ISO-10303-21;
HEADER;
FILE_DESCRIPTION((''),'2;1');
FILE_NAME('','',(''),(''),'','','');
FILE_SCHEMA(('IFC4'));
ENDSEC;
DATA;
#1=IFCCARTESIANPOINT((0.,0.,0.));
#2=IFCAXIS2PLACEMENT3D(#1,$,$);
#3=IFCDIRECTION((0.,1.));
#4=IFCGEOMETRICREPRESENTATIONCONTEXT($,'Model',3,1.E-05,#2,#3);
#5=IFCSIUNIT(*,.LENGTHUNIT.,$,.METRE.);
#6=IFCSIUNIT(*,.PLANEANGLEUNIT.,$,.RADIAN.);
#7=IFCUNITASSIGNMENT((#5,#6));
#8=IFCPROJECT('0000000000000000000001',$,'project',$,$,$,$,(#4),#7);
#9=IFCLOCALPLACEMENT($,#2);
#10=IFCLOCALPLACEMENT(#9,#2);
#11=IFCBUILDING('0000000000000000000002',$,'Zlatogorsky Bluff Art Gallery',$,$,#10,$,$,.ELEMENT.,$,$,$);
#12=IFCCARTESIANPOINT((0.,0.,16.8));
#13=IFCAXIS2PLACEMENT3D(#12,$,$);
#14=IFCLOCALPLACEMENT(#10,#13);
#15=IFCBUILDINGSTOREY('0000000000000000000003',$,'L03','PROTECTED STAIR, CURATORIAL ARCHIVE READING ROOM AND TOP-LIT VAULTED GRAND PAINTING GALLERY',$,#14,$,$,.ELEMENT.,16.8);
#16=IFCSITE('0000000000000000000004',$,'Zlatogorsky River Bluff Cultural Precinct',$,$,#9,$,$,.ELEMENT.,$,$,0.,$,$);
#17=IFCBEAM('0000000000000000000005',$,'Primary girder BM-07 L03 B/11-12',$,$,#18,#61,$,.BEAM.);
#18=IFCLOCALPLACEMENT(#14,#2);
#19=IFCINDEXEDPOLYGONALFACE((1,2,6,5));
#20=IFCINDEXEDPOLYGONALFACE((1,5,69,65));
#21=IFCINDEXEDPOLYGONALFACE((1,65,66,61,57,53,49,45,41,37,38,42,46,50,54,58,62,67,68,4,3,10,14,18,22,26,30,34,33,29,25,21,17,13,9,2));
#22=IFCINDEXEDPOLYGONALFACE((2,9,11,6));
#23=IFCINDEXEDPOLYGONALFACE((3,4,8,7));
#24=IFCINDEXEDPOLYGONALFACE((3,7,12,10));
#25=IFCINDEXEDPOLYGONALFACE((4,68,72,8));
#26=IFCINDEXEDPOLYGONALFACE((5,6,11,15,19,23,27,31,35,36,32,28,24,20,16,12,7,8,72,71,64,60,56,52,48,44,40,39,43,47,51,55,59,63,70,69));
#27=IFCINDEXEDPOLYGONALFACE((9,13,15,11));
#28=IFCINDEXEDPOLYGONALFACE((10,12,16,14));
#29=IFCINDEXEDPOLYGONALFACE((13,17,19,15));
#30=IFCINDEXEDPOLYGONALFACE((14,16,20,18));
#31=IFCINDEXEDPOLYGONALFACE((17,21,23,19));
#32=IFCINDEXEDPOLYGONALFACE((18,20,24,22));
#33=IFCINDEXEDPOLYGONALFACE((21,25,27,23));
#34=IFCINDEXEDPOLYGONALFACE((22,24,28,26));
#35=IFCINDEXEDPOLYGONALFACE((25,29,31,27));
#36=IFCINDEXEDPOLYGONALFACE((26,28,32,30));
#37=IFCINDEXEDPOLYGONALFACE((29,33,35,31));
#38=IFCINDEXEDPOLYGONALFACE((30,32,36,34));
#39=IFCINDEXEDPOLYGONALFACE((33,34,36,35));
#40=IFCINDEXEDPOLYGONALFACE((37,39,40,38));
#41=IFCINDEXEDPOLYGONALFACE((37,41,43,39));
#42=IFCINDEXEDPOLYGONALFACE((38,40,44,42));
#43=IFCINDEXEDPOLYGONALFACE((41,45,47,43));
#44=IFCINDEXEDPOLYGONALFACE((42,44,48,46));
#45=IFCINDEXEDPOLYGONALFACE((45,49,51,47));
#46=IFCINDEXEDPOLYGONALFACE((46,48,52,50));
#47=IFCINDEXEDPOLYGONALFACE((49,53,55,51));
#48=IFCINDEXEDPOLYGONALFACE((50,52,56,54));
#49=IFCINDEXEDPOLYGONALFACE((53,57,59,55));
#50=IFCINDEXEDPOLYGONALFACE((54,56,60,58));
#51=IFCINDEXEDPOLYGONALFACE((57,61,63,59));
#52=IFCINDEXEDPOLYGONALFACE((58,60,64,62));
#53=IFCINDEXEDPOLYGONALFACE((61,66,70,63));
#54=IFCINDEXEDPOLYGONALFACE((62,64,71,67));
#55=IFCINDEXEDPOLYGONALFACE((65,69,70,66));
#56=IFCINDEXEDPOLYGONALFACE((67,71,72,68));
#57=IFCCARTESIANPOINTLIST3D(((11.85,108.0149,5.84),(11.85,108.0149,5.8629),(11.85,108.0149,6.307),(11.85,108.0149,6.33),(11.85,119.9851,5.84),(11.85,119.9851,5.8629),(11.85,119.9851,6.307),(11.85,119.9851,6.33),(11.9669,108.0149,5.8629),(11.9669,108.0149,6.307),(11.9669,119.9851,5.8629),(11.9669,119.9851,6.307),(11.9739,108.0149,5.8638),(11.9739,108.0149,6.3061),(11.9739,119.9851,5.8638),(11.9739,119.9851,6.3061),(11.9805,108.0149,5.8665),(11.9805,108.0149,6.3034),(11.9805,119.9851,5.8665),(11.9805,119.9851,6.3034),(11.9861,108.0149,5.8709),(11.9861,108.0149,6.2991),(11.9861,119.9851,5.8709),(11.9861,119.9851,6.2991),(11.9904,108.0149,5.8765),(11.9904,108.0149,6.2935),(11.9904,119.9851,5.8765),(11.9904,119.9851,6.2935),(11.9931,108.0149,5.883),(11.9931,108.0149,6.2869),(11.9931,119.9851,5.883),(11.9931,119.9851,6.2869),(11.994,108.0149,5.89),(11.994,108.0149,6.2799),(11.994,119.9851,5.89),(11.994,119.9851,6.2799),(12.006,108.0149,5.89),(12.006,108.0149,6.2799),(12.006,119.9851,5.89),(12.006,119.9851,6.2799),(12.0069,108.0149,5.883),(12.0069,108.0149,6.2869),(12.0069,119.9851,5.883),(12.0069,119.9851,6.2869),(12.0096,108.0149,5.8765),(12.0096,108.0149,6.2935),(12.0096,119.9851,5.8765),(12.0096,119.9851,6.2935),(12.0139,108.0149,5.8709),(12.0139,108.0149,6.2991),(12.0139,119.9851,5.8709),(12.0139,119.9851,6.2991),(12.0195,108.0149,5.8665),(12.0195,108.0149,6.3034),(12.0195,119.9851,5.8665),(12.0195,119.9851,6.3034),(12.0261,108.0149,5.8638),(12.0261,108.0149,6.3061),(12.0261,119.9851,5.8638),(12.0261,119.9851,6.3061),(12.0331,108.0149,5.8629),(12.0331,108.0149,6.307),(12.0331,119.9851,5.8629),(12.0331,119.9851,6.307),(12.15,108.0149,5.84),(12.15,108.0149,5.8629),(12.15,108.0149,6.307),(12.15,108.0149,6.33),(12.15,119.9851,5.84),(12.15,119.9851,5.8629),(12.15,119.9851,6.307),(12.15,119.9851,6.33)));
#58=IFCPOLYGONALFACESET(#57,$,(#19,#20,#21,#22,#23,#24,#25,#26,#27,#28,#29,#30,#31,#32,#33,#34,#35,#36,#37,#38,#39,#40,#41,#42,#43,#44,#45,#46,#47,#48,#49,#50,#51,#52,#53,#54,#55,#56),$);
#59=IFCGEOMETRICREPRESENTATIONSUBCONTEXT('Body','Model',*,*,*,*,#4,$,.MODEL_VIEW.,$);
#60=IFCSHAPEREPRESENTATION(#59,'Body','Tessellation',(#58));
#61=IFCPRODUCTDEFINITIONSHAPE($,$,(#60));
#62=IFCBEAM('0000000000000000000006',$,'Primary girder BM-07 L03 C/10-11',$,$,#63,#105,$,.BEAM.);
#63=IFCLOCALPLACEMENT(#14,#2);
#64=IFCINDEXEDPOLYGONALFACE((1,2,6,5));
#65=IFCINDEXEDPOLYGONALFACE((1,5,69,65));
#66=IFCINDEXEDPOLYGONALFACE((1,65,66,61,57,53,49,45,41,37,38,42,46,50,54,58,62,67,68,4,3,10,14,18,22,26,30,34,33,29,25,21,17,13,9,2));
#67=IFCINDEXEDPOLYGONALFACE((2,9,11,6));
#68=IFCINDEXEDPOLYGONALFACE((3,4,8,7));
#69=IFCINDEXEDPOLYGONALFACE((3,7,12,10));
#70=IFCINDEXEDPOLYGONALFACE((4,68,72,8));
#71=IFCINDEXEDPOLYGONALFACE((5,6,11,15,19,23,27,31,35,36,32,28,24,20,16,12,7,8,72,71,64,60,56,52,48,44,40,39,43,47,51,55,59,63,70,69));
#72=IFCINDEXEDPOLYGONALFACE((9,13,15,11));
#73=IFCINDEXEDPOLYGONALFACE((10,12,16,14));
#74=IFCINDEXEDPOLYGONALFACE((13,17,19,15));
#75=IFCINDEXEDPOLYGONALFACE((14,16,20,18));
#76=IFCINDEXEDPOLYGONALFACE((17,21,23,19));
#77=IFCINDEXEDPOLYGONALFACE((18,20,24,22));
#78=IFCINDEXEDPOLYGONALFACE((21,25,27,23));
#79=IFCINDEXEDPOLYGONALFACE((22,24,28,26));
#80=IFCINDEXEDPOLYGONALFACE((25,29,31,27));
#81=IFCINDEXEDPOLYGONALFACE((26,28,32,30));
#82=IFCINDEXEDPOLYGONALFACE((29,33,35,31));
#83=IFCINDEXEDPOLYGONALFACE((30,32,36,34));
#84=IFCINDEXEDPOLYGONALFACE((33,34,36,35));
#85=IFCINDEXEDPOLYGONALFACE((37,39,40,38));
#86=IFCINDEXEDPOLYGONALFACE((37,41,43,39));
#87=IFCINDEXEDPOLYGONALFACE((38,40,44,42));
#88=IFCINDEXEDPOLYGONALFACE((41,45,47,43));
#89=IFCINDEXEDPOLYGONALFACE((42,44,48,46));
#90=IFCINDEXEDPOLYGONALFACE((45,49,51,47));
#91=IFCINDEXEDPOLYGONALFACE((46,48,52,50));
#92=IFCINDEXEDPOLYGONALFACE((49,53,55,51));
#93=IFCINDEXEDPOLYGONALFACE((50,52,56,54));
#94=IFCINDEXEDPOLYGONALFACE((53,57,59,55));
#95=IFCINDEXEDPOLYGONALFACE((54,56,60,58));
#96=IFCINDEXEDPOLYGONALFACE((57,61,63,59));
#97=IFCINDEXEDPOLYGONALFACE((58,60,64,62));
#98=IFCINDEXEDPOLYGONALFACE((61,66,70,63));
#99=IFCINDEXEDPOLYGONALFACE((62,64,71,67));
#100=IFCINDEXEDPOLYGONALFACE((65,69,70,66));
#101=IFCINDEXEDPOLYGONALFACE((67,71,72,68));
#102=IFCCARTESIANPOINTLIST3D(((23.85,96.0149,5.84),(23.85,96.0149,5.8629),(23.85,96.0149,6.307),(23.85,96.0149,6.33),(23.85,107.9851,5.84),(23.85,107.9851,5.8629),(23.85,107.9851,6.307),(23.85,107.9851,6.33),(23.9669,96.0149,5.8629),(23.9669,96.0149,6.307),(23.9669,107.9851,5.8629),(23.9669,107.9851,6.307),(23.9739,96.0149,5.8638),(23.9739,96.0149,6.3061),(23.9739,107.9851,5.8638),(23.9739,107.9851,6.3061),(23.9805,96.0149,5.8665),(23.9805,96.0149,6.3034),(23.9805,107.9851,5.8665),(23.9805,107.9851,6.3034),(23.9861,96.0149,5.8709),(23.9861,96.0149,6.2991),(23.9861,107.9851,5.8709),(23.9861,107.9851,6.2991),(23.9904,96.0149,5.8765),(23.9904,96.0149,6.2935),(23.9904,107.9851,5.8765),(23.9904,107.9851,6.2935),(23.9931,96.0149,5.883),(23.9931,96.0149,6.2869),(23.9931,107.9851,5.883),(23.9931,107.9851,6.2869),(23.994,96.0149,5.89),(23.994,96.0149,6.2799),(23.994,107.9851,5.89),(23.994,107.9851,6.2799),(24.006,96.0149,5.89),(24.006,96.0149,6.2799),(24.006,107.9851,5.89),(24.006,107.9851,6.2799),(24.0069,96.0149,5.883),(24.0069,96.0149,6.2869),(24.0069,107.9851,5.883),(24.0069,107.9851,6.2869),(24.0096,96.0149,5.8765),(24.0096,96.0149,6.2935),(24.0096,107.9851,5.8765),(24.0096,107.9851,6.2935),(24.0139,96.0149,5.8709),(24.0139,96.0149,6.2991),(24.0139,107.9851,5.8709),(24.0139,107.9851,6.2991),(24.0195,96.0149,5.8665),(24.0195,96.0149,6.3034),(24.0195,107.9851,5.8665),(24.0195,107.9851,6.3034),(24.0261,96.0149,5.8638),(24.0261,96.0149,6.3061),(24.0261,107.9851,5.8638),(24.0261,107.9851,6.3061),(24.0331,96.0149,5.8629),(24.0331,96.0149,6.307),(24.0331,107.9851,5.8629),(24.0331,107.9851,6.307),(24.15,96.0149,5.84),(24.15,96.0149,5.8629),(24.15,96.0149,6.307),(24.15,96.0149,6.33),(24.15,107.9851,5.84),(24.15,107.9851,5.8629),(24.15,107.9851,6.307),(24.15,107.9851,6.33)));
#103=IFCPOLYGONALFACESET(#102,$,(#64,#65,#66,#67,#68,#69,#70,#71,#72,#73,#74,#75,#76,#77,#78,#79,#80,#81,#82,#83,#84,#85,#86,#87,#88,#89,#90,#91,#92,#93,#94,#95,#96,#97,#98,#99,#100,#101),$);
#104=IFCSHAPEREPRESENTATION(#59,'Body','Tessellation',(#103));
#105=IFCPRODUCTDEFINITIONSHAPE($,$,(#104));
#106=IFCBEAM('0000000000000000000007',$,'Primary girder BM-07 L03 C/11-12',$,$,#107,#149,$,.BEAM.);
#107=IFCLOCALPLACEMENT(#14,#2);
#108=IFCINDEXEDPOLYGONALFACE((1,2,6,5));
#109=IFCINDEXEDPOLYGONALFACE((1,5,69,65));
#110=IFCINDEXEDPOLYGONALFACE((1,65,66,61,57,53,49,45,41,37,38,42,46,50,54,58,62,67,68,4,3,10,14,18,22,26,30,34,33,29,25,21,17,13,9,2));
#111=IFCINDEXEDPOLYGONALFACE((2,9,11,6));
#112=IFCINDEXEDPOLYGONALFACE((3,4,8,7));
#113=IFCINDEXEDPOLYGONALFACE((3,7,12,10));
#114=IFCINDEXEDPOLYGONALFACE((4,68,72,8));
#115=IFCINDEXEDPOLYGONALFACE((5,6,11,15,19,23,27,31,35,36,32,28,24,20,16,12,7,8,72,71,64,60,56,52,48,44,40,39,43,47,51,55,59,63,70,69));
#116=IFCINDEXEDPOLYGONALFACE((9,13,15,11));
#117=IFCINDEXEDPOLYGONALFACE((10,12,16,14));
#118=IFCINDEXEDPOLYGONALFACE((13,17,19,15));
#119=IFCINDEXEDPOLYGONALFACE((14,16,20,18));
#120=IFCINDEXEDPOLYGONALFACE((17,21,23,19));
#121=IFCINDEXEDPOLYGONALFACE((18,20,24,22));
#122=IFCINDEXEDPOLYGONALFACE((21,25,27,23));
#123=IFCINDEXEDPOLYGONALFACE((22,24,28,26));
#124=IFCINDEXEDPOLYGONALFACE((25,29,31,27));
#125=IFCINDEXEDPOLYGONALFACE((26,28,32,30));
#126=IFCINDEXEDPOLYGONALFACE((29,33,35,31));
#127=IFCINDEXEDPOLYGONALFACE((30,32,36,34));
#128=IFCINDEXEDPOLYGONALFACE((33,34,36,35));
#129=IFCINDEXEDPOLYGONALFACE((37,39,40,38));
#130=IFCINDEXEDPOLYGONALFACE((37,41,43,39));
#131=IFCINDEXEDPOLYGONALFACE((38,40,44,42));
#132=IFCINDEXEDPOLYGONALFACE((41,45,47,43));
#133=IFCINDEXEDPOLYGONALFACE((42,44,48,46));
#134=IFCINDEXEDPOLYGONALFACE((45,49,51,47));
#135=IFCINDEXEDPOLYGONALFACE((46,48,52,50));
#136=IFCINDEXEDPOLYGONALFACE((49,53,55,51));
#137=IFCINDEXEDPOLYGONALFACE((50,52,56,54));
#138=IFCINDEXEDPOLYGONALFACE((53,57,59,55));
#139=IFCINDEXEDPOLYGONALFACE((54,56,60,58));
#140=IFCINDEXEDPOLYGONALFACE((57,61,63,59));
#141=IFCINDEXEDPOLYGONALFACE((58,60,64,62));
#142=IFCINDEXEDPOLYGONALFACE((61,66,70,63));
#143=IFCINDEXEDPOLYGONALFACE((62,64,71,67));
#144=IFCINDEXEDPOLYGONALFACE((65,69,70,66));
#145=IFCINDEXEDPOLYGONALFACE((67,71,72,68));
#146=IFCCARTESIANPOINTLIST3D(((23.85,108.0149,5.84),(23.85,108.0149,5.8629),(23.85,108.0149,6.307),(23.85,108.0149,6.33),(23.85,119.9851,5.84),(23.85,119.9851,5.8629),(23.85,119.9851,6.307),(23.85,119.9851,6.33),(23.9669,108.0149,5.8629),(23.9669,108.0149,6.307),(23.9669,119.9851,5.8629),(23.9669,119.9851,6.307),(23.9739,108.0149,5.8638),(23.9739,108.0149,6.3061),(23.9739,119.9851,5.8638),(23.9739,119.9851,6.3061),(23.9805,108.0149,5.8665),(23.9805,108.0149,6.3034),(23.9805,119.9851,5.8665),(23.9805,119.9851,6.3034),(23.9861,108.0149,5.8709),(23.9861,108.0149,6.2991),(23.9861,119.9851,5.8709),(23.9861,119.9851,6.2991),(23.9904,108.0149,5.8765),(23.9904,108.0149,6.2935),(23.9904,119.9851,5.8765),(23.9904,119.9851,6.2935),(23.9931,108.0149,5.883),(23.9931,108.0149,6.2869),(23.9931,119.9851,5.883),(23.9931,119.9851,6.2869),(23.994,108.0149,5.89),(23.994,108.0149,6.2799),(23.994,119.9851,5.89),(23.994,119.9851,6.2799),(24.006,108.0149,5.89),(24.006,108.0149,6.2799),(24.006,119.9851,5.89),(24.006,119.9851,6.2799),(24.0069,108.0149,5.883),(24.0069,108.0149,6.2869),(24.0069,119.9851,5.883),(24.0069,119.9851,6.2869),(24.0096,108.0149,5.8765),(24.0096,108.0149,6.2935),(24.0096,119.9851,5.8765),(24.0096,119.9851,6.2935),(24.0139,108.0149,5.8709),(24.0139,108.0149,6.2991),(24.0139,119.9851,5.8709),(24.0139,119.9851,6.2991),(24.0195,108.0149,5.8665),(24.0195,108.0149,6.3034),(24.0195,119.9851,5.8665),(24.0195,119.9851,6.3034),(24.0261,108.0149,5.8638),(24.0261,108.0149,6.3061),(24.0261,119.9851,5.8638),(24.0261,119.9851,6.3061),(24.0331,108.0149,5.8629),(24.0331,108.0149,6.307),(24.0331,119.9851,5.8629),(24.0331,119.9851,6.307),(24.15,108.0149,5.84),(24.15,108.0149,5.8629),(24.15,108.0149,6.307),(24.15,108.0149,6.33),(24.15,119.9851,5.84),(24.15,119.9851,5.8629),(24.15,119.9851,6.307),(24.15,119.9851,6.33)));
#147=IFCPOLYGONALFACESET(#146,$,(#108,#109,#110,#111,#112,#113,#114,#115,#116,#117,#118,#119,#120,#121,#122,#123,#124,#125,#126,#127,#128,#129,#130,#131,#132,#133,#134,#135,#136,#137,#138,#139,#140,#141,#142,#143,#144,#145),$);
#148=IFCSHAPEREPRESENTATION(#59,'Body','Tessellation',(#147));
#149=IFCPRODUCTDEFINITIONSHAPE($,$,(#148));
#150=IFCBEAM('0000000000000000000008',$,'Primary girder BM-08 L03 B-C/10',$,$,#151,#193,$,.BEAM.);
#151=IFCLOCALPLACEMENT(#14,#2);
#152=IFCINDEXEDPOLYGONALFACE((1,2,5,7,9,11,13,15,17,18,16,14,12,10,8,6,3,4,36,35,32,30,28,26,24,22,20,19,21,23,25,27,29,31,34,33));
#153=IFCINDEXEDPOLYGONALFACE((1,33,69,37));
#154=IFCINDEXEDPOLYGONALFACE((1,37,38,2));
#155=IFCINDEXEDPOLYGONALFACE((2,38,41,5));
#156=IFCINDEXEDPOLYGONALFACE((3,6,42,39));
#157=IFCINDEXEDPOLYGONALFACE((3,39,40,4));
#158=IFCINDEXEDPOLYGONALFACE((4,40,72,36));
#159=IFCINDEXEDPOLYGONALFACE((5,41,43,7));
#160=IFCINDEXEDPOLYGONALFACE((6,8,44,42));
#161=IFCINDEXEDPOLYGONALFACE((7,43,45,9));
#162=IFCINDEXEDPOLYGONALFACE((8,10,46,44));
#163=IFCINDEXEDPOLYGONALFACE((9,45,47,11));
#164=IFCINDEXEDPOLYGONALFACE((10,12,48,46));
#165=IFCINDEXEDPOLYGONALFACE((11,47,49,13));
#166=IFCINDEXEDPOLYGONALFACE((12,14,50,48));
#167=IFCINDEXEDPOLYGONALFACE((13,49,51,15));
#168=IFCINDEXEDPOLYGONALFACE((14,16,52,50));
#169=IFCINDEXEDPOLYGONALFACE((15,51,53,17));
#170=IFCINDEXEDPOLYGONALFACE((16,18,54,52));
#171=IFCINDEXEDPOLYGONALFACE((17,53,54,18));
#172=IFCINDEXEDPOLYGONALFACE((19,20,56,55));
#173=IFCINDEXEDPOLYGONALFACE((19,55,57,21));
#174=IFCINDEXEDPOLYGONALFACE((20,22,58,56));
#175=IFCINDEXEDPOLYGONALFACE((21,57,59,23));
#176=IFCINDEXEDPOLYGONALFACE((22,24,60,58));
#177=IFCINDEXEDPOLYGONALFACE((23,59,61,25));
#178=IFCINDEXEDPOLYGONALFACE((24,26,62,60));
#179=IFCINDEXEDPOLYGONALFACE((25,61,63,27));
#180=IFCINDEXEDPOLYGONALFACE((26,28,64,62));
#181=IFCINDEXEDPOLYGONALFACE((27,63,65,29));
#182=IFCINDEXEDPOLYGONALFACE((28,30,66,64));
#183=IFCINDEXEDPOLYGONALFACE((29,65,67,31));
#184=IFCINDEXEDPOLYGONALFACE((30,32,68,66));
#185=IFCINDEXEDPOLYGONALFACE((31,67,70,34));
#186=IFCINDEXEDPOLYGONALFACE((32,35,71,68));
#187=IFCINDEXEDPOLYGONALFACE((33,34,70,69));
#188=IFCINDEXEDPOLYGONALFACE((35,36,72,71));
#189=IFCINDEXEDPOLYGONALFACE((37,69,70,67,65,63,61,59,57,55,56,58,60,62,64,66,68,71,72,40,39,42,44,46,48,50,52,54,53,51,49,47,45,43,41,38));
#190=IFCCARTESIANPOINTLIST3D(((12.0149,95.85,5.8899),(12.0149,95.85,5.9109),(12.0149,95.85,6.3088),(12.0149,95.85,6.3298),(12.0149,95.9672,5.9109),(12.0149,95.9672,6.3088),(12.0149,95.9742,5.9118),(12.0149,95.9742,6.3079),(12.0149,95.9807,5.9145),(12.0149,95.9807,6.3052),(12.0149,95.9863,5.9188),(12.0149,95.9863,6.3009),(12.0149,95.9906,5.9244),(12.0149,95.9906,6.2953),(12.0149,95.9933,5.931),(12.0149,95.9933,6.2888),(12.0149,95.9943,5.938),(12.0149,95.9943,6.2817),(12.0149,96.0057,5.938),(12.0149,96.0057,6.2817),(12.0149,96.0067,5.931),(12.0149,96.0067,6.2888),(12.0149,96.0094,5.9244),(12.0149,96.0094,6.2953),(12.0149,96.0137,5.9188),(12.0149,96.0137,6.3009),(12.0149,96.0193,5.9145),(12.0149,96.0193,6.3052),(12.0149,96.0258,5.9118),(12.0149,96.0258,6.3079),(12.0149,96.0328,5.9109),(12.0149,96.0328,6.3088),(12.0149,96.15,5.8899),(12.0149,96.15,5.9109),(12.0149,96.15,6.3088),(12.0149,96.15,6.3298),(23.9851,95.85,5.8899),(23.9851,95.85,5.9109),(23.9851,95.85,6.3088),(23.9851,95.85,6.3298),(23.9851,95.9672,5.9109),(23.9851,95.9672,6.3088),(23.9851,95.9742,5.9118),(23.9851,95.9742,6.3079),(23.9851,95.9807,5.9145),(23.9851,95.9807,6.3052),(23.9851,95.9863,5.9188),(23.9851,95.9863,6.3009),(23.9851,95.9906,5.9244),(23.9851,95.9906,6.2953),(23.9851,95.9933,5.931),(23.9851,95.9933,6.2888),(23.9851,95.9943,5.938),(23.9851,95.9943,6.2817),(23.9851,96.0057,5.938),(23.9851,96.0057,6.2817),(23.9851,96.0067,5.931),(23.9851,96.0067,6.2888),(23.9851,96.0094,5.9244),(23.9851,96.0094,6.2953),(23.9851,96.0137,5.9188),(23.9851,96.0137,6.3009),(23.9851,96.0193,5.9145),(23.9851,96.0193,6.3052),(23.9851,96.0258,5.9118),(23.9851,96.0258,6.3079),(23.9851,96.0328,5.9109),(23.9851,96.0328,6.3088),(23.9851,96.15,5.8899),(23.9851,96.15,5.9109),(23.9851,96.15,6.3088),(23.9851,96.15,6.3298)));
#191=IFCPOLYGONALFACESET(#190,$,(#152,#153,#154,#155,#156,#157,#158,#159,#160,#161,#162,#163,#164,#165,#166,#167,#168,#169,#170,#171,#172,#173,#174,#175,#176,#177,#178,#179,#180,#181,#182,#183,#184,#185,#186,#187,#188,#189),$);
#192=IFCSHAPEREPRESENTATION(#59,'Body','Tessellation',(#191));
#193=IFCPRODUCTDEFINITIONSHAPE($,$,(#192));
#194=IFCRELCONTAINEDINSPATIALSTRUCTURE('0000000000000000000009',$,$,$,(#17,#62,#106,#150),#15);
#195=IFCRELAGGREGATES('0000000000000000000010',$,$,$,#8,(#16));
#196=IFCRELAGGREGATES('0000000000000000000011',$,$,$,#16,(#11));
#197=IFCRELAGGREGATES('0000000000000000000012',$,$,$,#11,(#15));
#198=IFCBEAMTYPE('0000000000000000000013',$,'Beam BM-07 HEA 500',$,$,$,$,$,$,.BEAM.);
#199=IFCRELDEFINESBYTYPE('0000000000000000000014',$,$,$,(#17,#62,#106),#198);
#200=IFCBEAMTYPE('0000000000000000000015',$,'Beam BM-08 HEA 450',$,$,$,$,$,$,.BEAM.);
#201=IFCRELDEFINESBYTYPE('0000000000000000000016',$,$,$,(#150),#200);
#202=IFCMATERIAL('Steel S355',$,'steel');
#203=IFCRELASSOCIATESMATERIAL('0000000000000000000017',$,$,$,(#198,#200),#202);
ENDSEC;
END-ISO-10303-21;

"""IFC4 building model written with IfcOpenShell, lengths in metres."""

from ifc_helpers import new_model, si_unit, direction, frame, origin, origin_2d, place, context, subcontext, project, spatial, i_section, extrude, material, material_profile, profile_set, type_object, element, save


model = new_model("IFC4")

# Units and contexts
model_context = context("Model", 3, precision=1e-05, world=origin(), true_north=direction((0.0, 1.0)))
body_context = subcontext(model_context, "Body", "Model", "MODEL_VIEW")
ifc_project = project(units=[si_unit("LENGTHUNIT", "METRE"), si_unit("PLANEANGLEUNIT", "RADIAN")], contexts=[model_context])

# Site, building, storey
site_placement = place(None, origin())
site = spatial("IfcSite", under=ifc_project, at=site_placement, Name="Zlatogorsky River Bluff Cultural Precinct", CompositionType="ELEMENT", RefElevation=0.0)
building_placement = place(site_placement, origin())
building = spatial("IfcBuilding", under=site, at=building_placement, Name="Zlatogorsky Bluff Art Gallery", CompositionType="ELEMENT")
storey_placement = place(building_placement, frame((0.0, 0.0, 16.8)))
storey = spatial("IfcBuildingStorey", under=building, at=storey_placement, Name="L03", Description="PROTECTED STAIR, CURATORIAL ARCHIVE READING ROOM AND TOP-LIT VAULTED GRAND PAINTING GALLERY", CompositionType="ELEMENT", Elevation=16.8)

# Shared definitions
ifc_material_1 = material(Name="Steel S355", Category="steel")

# Beams
ifc_material_profile_1 = material_profile(ifc_material_1, i_section(OverallWidth=0.3, OverallDepth=0.49, WebThickness=0.012, FlangeThickness=0.0229, FilletRadius=0.0271, at=origin_2d()), Name="HEA 500")
ifc_profile_set_1 = profile_set([ifc_material_profile_1], Name="Steel S355")
beam_type_1 = type_object("IfcBeamType", Name="Beam BM-07 HEA 500", PredefinedType="BEAM", material=ifc_profile_set_1)
for number, where, z_axis, x_axis, name in (
    (1, (12.0, 108.0149, 6.085), (0.0, 1.0, 0.0), (-1.0, 0.0, 0.0), "Primary girder BM-07 L03 B/11-12"),
    (2, (24.0, 96.0149, 6.085), (0.0, 1.0, 0.0), (-1.0, 0.0, 0.0), "Primary girder BM-07 L03 C/10-11"),
    (3, (24.0, 108.0149, 6.085), (0.0, 1.0, 0.0), (-1.0, 0.0, 0.0), "Primary girder BM-07 L03 C/11-12"),
):
    element("IfcBeam", number, at=place(storey_placement, frame(where, z_axis=z_axis, x_axis=x_axis)), inside=storey, type_object=beam_type_1, Name=name, PredefinedType="BEAM", context=body_context, shape_type="SweptSolid", body=[
        extrude(i_section(OverallWidth=0.3, OverallDepth=0.49, WebThickness=0.012, FlangeThickness=0.0229, FilletRadius=0.0271, at=origin_2d()), origin(), (0.0, 0.0, 1.0), 11.9702),
    ])
ifc_material_profile_2 = material_profile(ifc_material_1, i_section(OverallWidth=0.3, OverallDepth=0.4399, WebThickness=0.0115, FlangeThickness=0.021, FilletRadius=0.0271, at=origin_2d()), Name="HEA 450")
ifc_profile_set_2 = profile_set([ifc_material_profile_2], Name="Steel S355")
beam_type_2 = type_object("IfcBeamType", Name="Beam BM-08 HEA 450", PredefinedType="BEAM", material=ifc_profile_set_2)
for number, where, z_axis, x_axis, name in (
    (4, (12.0149, 96.0, 6.1099), (1.0, 0.0, 0.0), (0.0, 1.0, 0.0), "Primary girder BM-08 L03 B-C/10"),
):
    element("IfcBeam", number, at=place(storey_placement, frame(where, z_axis=z_axis, x_axis=x_axis)), inside=storey, type_object=beam_type_2, Name=name, PredefinedType="BEAM", context=body_context, shape_type="SweptSolid", body=[
        extrude(i_section(OverallWidth=0.3, OverallDepth=0.4399, WebThickness=0.0115, FlangeThickness=0.021, FilletRadius=0.0271, at=origin_2d()), origin(), (0.0, 0.0, 1.0), 11.9702),
    ])

save(model, "model.ifc")
